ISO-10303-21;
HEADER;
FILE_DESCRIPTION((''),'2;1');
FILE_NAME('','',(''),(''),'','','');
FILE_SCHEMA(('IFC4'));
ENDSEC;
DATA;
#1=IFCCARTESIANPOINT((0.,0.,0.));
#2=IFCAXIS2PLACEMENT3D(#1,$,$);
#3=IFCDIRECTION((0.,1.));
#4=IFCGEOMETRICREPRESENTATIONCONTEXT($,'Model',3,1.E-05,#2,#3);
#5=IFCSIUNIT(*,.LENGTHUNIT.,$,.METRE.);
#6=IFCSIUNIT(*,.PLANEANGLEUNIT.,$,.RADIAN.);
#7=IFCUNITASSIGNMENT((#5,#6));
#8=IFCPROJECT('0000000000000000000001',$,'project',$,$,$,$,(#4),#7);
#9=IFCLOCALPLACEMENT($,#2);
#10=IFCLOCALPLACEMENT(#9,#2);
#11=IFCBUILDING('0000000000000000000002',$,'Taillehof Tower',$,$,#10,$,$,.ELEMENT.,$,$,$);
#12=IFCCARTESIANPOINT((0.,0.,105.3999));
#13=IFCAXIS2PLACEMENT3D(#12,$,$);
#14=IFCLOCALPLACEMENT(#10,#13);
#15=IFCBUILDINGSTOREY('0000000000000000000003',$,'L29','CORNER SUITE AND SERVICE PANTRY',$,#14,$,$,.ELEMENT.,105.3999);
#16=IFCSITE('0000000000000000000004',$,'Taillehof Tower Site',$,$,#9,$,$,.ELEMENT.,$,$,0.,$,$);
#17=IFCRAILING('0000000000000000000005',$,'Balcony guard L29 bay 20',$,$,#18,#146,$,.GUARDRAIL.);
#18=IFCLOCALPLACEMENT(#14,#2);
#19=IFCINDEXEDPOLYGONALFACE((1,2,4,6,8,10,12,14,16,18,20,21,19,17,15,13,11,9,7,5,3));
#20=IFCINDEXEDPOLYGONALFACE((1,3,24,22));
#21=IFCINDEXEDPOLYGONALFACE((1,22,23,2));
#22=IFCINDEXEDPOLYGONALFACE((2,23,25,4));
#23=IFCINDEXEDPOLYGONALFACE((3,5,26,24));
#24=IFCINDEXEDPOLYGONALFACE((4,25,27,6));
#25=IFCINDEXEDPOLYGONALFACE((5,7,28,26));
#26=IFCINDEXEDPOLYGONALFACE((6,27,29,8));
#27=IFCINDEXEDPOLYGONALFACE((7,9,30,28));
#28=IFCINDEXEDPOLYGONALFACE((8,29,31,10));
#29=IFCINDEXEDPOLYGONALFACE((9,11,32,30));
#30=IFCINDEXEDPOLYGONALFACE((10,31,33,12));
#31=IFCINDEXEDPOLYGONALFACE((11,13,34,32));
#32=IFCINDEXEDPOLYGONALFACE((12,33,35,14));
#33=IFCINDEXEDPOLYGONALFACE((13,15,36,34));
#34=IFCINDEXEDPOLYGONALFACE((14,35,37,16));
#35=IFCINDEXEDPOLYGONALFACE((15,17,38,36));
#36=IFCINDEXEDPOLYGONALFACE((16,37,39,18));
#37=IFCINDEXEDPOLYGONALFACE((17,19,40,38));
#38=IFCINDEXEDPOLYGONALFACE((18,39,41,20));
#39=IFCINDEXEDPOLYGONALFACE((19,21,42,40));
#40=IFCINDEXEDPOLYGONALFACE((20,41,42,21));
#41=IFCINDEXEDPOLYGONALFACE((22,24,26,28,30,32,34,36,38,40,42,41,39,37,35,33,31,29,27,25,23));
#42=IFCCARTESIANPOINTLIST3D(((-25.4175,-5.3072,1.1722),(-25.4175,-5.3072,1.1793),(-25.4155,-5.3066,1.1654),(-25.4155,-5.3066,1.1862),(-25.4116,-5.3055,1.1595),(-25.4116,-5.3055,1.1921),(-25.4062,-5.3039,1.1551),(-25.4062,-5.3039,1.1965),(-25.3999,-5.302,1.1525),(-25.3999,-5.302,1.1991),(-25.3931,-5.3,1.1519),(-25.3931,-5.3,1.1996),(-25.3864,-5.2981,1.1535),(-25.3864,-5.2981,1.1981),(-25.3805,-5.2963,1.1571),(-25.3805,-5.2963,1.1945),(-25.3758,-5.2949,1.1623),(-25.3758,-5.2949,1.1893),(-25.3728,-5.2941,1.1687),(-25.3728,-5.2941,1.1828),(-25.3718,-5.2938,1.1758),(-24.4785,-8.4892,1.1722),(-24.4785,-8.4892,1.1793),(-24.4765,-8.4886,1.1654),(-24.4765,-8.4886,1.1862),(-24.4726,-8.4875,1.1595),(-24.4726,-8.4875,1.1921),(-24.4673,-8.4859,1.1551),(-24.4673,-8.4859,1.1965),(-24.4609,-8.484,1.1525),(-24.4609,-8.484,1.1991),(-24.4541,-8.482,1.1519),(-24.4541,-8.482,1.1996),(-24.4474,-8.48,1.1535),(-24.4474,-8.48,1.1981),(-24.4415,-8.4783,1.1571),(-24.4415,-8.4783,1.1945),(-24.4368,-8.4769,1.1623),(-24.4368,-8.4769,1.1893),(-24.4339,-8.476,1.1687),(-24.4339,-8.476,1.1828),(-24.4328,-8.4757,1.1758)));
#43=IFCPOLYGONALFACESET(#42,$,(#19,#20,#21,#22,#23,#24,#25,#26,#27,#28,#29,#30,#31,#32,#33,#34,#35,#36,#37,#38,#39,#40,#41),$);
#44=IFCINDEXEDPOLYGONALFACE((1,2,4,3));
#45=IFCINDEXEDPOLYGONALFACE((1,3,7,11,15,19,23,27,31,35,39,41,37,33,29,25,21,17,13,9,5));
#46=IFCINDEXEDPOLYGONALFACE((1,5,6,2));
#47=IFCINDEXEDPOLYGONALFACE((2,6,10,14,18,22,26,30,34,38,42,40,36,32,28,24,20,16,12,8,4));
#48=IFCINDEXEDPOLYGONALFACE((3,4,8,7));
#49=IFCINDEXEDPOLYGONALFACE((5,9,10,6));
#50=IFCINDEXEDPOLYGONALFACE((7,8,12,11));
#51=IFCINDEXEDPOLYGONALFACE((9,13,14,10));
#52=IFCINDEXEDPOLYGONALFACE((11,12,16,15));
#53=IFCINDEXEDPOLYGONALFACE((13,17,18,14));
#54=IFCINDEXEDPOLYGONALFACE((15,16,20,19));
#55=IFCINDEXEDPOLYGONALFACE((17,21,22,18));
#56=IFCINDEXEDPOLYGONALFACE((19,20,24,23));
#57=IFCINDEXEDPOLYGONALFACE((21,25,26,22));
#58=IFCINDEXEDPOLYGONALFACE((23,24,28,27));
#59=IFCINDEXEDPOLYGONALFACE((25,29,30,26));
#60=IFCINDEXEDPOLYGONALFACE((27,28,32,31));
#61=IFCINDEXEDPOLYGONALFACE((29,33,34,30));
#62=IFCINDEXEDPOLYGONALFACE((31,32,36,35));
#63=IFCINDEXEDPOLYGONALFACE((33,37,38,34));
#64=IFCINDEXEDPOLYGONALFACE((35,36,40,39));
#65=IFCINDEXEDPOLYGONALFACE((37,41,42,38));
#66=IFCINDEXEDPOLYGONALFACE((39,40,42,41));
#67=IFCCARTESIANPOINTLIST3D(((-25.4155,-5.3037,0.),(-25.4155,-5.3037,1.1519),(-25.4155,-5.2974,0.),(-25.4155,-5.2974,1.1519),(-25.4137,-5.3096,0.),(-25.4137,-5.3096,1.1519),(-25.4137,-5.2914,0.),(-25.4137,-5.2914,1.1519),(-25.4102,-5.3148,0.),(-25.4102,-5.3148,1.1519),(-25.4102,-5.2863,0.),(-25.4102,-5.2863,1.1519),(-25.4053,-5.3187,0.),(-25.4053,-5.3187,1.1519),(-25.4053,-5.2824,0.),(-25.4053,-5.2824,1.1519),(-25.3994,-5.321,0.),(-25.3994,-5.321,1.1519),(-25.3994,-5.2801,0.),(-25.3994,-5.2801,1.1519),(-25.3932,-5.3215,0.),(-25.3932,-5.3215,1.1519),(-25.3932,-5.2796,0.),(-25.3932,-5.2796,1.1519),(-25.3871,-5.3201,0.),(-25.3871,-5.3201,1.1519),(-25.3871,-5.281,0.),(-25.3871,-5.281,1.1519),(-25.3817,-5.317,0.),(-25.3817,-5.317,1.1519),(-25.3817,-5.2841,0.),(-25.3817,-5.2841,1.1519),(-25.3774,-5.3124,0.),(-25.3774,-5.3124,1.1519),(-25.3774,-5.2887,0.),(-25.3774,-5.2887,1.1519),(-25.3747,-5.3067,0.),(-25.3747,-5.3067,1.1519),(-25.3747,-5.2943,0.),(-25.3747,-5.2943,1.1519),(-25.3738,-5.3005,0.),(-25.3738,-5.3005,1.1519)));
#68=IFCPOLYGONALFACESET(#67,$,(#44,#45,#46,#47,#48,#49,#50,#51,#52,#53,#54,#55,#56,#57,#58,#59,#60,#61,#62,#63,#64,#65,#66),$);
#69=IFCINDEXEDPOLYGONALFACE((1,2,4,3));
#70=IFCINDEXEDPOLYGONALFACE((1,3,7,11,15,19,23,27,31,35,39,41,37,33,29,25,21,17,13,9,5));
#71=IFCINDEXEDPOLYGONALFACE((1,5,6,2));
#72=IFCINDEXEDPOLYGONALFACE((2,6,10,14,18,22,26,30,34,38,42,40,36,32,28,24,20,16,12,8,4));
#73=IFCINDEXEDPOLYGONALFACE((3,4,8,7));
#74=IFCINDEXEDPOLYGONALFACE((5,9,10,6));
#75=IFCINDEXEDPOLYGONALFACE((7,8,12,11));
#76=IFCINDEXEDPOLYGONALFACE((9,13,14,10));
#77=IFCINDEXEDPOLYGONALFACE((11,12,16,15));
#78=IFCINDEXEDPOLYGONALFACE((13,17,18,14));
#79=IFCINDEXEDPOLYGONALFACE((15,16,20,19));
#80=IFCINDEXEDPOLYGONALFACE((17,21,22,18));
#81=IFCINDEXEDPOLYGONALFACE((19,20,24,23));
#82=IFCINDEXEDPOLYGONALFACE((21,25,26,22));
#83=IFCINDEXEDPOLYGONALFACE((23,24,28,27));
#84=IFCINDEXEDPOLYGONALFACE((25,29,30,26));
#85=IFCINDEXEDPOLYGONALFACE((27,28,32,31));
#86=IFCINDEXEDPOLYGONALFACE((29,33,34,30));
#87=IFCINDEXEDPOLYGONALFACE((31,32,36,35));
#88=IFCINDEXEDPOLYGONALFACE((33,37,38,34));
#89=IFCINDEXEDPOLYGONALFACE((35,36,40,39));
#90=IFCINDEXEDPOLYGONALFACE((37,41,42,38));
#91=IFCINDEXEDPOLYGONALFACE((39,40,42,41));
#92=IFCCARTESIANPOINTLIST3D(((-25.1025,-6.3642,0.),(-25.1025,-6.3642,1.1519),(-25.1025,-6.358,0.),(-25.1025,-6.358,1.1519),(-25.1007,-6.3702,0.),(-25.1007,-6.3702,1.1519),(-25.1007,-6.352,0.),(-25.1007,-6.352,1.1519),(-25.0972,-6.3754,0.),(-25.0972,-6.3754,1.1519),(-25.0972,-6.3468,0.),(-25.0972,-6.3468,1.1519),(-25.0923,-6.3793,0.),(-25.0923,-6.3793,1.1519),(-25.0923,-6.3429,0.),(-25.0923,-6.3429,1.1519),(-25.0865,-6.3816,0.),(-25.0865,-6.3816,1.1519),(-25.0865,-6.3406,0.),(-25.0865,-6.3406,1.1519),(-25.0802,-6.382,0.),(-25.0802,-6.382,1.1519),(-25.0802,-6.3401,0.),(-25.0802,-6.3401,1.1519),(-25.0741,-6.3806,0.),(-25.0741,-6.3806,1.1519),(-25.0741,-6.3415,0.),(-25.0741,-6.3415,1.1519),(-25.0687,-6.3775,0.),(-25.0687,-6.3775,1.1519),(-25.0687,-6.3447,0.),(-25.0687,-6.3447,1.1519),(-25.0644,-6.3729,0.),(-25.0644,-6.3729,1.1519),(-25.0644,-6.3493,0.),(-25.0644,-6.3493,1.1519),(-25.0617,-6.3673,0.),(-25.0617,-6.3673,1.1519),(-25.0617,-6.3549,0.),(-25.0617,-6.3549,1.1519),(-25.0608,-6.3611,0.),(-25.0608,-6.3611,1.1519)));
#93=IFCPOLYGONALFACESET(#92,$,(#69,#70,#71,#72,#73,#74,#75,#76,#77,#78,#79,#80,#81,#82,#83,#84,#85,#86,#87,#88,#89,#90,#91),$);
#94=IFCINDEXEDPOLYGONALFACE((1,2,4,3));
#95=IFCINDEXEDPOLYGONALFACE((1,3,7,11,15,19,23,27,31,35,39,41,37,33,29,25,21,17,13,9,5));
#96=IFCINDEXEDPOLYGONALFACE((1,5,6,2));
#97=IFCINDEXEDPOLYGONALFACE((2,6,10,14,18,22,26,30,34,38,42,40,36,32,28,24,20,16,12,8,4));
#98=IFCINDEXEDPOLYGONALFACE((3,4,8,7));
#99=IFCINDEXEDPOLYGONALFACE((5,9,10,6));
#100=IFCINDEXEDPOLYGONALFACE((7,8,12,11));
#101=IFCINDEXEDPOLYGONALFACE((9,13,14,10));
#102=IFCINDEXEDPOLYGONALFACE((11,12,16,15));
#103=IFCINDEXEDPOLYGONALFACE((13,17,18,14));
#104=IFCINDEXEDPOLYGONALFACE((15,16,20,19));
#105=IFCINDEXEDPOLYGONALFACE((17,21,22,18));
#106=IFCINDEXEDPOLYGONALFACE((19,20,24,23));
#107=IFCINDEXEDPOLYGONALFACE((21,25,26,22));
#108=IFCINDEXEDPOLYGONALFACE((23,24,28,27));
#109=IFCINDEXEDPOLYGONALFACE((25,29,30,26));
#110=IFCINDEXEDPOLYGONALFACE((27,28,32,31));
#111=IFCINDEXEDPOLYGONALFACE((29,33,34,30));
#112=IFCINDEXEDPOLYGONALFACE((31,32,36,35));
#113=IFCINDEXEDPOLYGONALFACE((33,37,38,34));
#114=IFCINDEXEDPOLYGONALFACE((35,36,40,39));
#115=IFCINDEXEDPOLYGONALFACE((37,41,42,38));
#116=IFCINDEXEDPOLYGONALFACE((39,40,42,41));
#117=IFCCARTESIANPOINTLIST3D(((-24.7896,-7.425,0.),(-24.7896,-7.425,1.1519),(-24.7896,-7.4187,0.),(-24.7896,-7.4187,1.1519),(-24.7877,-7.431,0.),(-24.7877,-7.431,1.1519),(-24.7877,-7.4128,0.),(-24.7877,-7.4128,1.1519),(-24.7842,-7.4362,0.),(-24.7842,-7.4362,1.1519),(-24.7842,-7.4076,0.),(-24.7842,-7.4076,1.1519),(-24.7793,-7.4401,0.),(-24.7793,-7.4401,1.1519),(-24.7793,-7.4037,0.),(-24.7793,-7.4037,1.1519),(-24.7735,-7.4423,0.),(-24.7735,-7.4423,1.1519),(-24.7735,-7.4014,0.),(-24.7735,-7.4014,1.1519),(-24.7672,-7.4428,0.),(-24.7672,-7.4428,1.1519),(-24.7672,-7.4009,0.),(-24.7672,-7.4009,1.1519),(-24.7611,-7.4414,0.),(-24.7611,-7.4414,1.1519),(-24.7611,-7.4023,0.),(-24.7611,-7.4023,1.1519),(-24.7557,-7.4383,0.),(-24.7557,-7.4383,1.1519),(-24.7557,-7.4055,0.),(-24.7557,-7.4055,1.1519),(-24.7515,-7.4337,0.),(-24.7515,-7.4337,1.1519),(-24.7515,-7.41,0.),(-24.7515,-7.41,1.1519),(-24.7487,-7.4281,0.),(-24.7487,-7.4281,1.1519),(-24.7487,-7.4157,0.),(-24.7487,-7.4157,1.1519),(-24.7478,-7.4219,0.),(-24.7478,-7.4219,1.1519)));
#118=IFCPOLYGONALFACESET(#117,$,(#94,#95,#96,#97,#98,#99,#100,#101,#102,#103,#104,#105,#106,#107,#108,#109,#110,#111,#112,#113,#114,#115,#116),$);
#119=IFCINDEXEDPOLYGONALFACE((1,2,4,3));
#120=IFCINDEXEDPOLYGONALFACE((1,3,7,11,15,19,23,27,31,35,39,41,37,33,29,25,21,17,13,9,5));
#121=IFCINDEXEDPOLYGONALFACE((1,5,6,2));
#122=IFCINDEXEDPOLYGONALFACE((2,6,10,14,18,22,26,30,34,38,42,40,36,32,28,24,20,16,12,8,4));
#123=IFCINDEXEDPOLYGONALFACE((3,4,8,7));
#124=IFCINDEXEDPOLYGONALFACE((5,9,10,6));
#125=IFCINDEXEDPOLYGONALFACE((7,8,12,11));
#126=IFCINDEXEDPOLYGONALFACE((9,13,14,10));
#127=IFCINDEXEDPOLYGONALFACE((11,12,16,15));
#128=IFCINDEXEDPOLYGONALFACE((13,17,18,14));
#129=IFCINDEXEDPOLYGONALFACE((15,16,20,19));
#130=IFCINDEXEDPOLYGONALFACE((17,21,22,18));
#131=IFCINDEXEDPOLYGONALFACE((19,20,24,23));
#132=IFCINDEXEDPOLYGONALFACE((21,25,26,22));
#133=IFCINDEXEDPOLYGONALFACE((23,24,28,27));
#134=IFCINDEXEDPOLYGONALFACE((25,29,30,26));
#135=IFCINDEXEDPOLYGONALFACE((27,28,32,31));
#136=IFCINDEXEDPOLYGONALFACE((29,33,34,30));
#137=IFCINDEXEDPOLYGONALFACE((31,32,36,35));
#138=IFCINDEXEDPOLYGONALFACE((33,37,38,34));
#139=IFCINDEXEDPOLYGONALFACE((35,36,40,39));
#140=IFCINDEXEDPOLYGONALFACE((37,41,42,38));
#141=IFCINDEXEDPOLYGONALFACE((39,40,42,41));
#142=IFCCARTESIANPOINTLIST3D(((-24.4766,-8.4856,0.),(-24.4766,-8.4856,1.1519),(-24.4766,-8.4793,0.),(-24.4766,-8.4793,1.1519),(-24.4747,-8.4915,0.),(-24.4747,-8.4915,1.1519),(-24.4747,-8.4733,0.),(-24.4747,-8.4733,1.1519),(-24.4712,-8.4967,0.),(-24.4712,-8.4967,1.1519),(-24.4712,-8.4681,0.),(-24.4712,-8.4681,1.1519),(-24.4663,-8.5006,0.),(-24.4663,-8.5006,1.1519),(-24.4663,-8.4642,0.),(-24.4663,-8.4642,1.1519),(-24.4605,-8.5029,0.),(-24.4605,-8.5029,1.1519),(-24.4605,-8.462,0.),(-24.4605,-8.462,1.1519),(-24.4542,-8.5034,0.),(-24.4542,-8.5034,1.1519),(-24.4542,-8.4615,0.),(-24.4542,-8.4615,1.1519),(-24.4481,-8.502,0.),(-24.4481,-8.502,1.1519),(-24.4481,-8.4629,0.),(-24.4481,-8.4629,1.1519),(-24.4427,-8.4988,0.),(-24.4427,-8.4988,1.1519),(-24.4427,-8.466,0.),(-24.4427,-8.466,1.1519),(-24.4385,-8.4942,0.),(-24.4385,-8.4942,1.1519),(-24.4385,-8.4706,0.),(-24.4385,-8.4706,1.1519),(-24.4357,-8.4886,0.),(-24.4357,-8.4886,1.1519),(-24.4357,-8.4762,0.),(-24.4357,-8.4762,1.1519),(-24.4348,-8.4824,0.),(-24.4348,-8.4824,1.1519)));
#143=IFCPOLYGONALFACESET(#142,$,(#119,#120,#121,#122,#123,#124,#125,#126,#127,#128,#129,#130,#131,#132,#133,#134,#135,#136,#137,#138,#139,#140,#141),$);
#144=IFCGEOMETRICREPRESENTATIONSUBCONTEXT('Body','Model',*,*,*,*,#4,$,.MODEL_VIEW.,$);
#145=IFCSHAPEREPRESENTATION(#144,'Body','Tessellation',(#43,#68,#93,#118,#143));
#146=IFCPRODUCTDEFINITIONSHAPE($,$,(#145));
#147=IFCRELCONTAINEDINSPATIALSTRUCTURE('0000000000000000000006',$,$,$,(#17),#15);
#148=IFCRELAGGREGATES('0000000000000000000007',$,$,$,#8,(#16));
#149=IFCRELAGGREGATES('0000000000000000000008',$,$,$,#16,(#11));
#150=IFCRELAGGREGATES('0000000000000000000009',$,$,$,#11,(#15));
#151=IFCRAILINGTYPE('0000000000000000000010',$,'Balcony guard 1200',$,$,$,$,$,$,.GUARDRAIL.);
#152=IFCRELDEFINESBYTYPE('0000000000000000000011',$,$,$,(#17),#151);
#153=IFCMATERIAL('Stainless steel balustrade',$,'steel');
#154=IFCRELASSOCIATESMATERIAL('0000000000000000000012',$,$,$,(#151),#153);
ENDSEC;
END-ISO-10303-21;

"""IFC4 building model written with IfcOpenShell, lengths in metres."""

from ifc_helpers import new_model, si_unit, direction, frame, origin, origin_2d, place, context, subcontext, project, spatial, circle, extrude, material, type_object, element, save


model = new_model("IFC4")

# Units and contexts
model_context = context("Model", 3, precision=1e-05, world=origin(), true_north=direction((0.0, 1.0)))
body_context = subcontext(model_context, "Body", "Model", "MODEL_VIEW")
ifc_project = project(units=[si_unit("LENGTHUNIT", "METRE"), si_unit("PLANEANGLEUNIT", "RADIAN")], contexts=[model_context])

# Site, building, storey
site_placement = place(None, origin())
site = spatial("IfcSite", under=ifc_project, at=site_placement, Name="Taillehof Tower Site", CompositionType="ELEMENT", RefElevation=0.0)
building_placement = place(site_placement, origin())
building = spatial("IfcBuilding", under=site, at=building_placement, Name="Taillehof Tower", CompositionType="ELEMENT")
storey_placement = place(building_placement, frame((0.0, 0.0, 105.3999)))
storey = spatial("IfcBuildingStorey", under=building, at=storey_placement, Name="L29", Description="CORNER SUITE AND SERVICE PANTRY", CompositionType="ELEMENT", Elevation=105.3999)

# Railing
ifc_material_1 = material(Name="Stainless steel balustrade", Category="steel")
railing_type = type_object("IfcRailingType", Name="Balcony guard 1200", PredefinedType="GUARDRAIL", material=ifc_material_1)
railing_placement = place(storey_placement, frame((-25.3948, -5.3005, 0.0)))
element("IfcRailing", 1, at=railing_placement, inside=storey, type_object=railing_type, Name="Balcony guard L29 bay 20", PredefinedType="GUARDRAIL", context=body_context, shape_type="SweptSolid", body=[
    extrude(circle(Radius=0.0239, at=origin_2d()), frame((0.0, 0.0, 1.1758), z_axis=(0.283031, -0.959111, 0.0), x_axis=(0.959111, 0.283031, 0.0)), (0.0, 0.0, 1.0), 3.3176),
    extrude(circle(Radius=0.021, at=origin_2d()), origin(), (0.0, 0.0, 1.0), 1.1519),
    extrude(circle(Radius=0.021, at=origin_2d()), frame((0.313, -1.0605, 0.0)), (0.0, 0.0, 1.0), 1.1519),
    extrude(circle(Radius=0.021, at=origin_2d()), frame((0.626, -2.1213, 0.0)), (0.0, 0.0, 1.0), 1.1519),
    extrude(circle(Radius=0.021, at=origin_2d()), frame((0.939, -3.1819, 0.0)), (0.0, 0.0, 1.0), 1.1519),
])

save(model, "model.ifc")
